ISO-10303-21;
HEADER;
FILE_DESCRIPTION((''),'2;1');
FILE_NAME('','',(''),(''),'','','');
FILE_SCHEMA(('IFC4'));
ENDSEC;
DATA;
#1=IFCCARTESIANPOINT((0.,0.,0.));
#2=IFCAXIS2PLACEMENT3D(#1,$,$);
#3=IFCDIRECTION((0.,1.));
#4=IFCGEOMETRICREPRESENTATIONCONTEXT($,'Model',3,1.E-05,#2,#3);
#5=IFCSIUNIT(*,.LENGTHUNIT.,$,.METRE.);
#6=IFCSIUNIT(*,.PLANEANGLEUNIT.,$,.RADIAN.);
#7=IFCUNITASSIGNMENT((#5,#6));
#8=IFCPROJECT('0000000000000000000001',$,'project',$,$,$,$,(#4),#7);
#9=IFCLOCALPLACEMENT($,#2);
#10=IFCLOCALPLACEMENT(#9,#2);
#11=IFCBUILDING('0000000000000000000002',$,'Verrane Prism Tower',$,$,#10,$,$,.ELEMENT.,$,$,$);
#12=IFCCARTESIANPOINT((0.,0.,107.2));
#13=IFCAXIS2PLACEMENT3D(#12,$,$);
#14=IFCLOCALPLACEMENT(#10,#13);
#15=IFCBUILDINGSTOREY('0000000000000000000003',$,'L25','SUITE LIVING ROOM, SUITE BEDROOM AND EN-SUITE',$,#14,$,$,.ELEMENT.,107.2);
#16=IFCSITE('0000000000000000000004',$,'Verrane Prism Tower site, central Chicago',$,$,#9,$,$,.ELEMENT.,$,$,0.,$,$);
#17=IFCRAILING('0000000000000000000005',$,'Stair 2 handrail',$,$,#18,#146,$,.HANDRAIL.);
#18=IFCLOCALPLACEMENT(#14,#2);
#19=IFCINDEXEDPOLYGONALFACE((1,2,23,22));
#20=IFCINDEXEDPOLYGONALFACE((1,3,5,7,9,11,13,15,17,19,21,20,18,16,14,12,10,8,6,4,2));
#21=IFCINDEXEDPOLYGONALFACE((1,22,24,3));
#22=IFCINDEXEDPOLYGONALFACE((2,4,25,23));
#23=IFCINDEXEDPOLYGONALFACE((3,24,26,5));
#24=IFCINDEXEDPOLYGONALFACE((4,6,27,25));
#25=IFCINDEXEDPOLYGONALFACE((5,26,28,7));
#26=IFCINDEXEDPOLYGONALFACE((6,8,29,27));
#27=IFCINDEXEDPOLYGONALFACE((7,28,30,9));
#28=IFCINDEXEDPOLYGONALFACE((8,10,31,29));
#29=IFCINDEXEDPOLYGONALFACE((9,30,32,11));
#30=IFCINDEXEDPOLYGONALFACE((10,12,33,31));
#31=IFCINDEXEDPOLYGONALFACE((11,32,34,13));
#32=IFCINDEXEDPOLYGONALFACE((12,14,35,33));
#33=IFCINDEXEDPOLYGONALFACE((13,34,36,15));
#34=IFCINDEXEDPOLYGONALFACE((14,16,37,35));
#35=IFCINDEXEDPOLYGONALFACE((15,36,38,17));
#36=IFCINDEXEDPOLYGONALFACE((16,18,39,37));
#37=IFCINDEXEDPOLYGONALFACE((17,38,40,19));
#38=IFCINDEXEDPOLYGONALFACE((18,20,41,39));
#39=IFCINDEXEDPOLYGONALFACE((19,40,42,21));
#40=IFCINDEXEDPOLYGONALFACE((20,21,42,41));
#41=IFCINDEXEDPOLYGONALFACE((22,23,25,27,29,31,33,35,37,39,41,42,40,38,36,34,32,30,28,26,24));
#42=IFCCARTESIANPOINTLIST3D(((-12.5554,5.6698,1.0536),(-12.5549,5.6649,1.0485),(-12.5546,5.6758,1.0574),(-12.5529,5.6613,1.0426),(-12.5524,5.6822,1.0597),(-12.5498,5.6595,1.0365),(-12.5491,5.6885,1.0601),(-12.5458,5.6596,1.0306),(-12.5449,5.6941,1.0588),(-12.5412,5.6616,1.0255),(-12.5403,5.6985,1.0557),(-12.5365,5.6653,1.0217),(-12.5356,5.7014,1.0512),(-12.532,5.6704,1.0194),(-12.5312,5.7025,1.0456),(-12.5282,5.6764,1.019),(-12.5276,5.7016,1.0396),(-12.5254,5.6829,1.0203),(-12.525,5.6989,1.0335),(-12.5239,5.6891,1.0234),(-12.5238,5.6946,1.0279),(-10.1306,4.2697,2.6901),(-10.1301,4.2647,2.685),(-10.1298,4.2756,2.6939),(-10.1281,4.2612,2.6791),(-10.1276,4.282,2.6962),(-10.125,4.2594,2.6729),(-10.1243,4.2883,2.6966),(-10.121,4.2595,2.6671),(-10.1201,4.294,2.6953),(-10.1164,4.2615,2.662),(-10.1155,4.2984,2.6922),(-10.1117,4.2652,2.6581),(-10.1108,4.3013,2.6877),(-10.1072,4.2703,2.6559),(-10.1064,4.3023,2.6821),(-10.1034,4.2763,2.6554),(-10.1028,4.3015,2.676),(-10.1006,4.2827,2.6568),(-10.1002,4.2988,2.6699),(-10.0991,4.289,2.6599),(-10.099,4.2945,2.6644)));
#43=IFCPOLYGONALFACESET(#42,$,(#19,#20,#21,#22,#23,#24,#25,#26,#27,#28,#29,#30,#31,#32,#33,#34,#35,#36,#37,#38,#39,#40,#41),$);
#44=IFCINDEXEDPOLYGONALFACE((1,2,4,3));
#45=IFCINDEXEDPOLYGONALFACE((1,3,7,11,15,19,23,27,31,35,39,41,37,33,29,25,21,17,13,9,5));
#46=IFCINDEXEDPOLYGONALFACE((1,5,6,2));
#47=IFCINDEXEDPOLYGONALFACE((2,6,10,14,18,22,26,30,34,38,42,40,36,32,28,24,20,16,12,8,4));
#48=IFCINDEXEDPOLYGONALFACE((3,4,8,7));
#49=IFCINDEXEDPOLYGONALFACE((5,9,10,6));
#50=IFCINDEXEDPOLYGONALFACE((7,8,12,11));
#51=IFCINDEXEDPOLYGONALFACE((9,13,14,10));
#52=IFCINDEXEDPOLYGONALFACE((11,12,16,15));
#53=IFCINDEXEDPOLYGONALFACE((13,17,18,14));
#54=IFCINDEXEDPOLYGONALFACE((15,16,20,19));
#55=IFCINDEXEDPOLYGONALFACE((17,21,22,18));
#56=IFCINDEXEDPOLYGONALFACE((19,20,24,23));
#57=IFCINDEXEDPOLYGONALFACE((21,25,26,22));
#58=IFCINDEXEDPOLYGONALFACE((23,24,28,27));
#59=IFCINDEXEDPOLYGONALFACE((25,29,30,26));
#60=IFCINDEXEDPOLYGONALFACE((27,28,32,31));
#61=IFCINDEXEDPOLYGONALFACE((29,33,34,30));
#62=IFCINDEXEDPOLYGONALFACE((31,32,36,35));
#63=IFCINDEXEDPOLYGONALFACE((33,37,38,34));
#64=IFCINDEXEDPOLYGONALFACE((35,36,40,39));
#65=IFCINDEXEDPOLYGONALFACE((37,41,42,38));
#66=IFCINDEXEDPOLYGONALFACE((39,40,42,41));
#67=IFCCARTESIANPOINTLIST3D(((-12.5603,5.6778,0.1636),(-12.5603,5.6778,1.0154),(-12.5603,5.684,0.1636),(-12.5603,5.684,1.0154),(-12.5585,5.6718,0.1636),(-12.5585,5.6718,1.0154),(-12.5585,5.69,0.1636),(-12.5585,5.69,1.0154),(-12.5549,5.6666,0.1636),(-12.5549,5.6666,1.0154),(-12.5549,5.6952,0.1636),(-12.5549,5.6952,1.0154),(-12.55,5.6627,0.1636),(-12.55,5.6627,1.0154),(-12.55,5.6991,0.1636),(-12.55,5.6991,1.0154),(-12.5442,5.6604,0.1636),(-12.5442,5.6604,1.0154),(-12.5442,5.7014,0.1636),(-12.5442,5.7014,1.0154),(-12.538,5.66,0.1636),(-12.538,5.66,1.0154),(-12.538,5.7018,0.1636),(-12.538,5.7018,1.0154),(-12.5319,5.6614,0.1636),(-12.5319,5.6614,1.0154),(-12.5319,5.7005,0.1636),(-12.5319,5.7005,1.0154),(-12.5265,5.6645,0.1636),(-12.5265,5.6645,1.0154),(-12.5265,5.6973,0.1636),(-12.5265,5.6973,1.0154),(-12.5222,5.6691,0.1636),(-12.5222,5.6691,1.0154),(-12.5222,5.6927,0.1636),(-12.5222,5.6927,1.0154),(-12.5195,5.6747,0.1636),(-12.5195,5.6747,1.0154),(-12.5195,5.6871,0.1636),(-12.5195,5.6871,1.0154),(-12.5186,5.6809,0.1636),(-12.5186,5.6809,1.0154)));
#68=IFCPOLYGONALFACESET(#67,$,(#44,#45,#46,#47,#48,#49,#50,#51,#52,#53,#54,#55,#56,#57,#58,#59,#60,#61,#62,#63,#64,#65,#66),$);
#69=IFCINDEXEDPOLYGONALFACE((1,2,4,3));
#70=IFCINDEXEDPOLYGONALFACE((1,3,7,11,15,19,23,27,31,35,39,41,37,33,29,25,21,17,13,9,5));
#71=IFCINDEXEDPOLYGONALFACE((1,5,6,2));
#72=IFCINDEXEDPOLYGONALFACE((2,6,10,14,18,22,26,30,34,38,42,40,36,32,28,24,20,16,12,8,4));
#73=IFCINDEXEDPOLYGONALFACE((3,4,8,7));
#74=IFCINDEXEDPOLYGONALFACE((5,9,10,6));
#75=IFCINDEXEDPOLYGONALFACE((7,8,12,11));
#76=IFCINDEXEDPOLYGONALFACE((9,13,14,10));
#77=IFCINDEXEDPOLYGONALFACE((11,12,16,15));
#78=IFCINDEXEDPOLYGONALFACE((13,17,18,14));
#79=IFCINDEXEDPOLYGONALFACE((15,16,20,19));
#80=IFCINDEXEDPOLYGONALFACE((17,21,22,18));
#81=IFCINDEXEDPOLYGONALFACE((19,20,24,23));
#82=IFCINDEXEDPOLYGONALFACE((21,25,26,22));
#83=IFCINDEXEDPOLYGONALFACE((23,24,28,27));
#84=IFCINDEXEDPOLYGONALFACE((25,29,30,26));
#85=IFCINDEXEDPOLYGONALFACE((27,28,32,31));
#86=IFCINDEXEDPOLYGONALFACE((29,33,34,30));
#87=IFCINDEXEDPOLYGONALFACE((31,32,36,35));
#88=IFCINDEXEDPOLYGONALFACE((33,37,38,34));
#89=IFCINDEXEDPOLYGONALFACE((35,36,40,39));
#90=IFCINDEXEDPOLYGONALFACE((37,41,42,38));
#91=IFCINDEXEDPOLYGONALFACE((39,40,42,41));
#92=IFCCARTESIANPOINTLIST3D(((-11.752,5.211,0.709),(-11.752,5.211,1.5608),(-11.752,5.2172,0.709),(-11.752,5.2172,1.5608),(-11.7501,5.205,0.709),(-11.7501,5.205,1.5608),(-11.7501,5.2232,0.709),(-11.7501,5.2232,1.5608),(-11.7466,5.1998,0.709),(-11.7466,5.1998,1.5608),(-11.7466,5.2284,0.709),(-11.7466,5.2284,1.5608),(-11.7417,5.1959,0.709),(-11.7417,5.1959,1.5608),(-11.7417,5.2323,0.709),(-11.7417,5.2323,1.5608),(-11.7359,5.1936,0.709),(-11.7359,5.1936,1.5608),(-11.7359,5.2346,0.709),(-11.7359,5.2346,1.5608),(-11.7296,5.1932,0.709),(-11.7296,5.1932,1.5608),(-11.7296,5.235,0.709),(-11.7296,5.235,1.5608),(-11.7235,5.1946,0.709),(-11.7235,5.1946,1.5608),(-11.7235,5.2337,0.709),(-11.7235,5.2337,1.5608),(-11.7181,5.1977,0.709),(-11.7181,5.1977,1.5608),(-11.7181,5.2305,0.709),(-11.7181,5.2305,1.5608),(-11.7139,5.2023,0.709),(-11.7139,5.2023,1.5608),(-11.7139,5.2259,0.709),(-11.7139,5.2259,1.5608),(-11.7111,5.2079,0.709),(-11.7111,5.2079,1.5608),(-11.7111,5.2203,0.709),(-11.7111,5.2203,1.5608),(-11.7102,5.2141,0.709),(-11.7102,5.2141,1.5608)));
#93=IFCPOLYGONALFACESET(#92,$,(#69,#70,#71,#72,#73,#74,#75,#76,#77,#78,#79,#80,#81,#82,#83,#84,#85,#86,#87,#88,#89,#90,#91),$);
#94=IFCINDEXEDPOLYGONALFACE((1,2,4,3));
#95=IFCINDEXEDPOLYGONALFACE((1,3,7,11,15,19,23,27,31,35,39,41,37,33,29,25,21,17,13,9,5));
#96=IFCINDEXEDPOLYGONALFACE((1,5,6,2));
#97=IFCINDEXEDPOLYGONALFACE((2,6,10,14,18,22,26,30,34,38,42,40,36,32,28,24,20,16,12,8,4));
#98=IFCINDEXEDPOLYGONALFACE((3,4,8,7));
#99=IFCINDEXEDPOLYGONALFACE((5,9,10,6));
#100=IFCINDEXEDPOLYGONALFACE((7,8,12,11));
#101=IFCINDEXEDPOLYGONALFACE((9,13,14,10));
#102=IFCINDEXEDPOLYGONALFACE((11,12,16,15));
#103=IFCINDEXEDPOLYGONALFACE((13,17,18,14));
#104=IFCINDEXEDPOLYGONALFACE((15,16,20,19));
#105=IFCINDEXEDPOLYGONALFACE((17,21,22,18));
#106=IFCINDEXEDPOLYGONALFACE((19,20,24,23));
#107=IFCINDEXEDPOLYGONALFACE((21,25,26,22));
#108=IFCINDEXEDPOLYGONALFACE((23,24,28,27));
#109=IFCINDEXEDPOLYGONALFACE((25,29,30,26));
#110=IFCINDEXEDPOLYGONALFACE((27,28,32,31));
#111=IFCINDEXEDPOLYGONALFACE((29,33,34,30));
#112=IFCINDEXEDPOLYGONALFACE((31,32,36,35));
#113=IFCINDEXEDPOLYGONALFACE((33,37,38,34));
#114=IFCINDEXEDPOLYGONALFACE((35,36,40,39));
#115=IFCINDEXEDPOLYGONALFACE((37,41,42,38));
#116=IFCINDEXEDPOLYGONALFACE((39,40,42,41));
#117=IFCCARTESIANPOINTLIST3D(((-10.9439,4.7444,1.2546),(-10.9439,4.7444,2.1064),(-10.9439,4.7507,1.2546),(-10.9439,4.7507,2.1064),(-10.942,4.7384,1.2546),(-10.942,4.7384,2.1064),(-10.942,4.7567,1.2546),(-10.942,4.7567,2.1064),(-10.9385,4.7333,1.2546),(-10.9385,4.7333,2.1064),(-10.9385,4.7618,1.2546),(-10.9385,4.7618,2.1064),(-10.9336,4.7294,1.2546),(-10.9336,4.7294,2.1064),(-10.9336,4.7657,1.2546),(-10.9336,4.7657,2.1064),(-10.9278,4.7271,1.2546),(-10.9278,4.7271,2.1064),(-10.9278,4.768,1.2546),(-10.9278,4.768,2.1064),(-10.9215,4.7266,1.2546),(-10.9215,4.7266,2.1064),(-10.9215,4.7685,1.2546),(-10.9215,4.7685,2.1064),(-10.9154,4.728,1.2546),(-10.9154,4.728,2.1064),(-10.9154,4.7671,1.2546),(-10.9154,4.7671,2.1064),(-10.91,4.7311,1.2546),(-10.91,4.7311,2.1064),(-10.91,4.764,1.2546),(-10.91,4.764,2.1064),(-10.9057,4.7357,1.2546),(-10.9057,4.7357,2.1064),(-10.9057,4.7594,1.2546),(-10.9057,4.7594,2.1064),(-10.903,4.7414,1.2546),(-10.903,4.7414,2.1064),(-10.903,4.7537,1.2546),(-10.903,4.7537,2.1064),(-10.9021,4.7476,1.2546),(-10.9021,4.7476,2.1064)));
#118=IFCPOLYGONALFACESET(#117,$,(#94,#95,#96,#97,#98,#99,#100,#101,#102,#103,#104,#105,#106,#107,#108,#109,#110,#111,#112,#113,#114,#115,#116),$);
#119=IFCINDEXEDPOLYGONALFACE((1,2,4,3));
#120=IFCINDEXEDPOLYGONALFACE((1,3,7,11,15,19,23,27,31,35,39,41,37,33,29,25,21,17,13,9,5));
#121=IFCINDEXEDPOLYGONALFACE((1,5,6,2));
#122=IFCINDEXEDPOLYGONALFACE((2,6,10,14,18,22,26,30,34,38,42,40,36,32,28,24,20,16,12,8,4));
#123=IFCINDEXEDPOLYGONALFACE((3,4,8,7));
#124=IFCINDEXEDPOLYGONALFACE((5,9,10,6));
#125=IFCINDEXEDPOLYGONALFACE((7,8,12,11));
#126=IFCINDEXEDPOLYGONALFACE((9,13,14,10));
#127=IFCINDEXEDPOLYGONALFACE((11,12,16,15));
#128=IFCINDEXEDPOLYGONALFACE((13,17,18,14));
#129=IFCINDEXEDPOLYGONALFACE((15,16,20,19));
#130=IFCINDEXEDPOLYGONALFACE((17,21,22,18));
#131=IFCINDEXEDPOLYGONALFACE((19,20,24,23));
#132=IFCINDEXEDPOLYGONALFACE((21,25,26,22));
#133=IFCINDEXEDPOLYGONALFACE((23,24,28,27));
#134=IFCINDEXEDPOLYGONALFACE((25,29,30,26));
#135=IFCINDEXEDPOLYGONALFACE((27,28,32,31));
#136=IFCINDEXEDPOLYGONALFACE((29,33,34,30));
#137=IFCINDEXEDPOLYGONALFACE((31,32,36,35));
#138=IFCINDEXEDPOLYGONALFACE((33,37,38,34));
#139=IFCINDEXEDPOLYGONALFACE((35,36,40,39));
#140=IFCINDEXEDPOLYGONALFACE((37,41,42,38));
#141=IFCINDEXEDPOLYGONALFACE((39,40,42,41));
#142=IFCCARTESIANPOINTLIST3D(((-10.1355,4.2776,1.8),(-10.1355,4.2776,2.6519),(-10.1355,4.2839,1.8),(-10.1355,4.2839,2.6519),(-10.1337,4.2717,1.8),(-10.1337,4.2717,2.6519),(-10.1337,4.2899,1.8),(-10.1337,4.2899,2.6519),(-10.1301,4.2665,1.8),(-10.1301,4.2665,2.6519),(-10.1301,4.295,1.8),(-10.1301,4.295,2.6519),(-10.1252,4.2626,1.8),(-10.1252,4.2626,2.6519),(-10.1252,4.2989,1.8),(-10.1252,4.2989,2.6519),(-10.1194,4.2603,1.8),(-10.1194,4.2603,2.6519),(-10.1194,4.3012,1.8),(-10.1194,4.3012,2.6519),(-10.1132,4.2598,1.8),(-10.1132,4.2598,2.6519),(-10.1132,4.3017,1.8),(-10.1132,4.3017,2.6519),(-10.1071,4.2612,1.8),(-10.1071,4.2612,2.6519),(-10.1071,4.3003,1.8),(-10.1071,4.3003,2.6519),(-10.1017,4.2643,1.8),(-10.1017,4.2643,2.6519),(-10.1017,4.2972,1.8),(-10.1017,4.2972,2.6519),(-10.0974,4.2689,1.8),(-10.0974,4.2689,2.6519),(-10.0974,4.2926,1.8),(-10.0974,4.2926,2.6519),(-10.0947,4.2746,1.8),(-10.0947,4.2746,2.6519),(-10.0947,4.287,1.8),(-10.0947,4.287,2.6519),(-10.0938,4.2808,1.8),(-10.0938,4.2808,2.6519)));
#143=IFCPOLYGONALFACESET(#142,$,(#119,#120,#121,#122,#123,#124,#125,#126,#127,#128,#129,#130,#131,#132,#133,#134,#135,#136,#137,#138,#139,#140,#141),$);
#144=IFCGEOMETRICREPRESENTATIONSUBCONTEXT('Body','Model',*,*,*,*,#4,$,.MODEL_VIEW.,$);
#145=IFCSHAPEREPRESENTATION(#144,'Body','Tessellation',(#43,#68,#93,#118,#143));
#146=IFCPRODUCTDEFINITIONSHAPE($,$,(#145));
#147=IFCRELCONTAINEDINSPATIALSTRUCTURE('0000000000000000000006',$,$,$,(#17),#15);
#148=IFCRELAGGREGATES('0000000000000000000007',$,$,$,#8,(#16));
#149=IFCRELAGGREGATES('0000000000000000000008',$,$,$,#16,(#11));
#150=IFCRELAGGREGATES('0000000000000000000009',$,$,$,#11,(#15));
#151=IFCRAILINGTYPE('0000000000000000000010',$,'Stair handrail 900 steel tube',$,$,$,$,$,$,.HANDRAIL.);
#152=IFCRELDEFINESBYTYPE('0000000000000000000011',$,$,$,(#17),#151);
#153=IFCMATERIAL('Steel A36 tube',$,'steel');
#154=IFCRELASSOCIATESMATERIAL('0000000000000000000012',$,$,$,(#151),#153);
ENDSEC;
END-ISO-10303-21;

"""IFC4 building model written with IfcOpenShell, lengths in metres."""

from ifc_helpers import new_model, si_unit, direction, frame, origin, origin_2d, place, context, subcontext, project, spatial, circle, extrude, material, type_object, element, save


model = new_model("IFC4")

# Units and contexts
model_context = context("Model", 3, precision=1e-05, world=origin(), true_north=direction((0.0, 1.0)))
body_context = subcontext(model_context, "Body", "Model", "MODEL_VIEW")
ifc_project = project(units=[si_unit("LENGTHUNIT", "METRE"), si_unit("PLANEANGLEUNIT", "RADIAN")], contexts=[model_context])

# Site, building, storey
site_placement = place(None, origin())
site = spatial("IfcSite", under=ifc_project, at=site_placement, Name="Verrane Prism Tower site, central Chicago", CompositionType="ELEMENT", RefElevation=0.0)
building_placement = place(site_placement, origin())
building = spatial("IfcBuilding", under=site, at=building_placement, Name="Verrane Prism Tower", CompositionType="ELEMENT")
storey_placement = place(building_placement, frame((0.0, 0.0, 107.2)))
storey = spatial("IfcBuildingStorey", under=building, at=storey_placement, Name="L25", Description="SUITE LIVING ROOM, SUITE BEDROOM AND EN-SUITE", CompositionType="ELEMENT", Elevation=107.2)

# Railing
ifc_material_1 = material(Name="Steel A36 tube", Category="steel")
railing_type_1 = type_object("IfcRailingType", Name="Stair handrail 900 steel tube", PredefinedType="HANDRAIL", material=ifc_material_1)
railing_1_placement = place(storey_placement, frame((-12.5396, 5.6809, 0.1636)))
element("IfcRailing", 1, at=railing_1_placement, inside=storey, type_object=railing_type_1, Name="Stair 2 handrail", PredefinedType="HANDRAIL", context=body_context, shape_type="SweptSolid", body=[
    extrude(circle(Radius=0.0239, at=origin_2d()), frame((0.0, 0.0, 0.876), z_axis=(0.747666, -0.431722, 0.504591), x_axis=(0.50005, 0.865997, 0.0)), (0.0, 0.0, 1.0), 3.2432),
    extrude(circle(Radius=0.021, at=origin_2d()), origin(), (0.0, 0.0, 1.0), 0.8518),
    extrude(circle(Radius=0.021, at=origin_2d()), frame((0.8083, -0.4668, 0.5454)), (0.0, 0.0, 1.0), 0.8518),
    extrude(circle(Radius=0.021, at=origin_2d()), frame((1.6165, -0.9333, 1.0911)), (0.0, 0.0, 1.0), 0.8518),
    extrude(circle(Radius=0.021, at=origin_2d()), frame((2.4248, -1.4001, 1.6365)), (0.0, 0.0, 1.0), 0.8518),
])

save(model, "model.ifc")
